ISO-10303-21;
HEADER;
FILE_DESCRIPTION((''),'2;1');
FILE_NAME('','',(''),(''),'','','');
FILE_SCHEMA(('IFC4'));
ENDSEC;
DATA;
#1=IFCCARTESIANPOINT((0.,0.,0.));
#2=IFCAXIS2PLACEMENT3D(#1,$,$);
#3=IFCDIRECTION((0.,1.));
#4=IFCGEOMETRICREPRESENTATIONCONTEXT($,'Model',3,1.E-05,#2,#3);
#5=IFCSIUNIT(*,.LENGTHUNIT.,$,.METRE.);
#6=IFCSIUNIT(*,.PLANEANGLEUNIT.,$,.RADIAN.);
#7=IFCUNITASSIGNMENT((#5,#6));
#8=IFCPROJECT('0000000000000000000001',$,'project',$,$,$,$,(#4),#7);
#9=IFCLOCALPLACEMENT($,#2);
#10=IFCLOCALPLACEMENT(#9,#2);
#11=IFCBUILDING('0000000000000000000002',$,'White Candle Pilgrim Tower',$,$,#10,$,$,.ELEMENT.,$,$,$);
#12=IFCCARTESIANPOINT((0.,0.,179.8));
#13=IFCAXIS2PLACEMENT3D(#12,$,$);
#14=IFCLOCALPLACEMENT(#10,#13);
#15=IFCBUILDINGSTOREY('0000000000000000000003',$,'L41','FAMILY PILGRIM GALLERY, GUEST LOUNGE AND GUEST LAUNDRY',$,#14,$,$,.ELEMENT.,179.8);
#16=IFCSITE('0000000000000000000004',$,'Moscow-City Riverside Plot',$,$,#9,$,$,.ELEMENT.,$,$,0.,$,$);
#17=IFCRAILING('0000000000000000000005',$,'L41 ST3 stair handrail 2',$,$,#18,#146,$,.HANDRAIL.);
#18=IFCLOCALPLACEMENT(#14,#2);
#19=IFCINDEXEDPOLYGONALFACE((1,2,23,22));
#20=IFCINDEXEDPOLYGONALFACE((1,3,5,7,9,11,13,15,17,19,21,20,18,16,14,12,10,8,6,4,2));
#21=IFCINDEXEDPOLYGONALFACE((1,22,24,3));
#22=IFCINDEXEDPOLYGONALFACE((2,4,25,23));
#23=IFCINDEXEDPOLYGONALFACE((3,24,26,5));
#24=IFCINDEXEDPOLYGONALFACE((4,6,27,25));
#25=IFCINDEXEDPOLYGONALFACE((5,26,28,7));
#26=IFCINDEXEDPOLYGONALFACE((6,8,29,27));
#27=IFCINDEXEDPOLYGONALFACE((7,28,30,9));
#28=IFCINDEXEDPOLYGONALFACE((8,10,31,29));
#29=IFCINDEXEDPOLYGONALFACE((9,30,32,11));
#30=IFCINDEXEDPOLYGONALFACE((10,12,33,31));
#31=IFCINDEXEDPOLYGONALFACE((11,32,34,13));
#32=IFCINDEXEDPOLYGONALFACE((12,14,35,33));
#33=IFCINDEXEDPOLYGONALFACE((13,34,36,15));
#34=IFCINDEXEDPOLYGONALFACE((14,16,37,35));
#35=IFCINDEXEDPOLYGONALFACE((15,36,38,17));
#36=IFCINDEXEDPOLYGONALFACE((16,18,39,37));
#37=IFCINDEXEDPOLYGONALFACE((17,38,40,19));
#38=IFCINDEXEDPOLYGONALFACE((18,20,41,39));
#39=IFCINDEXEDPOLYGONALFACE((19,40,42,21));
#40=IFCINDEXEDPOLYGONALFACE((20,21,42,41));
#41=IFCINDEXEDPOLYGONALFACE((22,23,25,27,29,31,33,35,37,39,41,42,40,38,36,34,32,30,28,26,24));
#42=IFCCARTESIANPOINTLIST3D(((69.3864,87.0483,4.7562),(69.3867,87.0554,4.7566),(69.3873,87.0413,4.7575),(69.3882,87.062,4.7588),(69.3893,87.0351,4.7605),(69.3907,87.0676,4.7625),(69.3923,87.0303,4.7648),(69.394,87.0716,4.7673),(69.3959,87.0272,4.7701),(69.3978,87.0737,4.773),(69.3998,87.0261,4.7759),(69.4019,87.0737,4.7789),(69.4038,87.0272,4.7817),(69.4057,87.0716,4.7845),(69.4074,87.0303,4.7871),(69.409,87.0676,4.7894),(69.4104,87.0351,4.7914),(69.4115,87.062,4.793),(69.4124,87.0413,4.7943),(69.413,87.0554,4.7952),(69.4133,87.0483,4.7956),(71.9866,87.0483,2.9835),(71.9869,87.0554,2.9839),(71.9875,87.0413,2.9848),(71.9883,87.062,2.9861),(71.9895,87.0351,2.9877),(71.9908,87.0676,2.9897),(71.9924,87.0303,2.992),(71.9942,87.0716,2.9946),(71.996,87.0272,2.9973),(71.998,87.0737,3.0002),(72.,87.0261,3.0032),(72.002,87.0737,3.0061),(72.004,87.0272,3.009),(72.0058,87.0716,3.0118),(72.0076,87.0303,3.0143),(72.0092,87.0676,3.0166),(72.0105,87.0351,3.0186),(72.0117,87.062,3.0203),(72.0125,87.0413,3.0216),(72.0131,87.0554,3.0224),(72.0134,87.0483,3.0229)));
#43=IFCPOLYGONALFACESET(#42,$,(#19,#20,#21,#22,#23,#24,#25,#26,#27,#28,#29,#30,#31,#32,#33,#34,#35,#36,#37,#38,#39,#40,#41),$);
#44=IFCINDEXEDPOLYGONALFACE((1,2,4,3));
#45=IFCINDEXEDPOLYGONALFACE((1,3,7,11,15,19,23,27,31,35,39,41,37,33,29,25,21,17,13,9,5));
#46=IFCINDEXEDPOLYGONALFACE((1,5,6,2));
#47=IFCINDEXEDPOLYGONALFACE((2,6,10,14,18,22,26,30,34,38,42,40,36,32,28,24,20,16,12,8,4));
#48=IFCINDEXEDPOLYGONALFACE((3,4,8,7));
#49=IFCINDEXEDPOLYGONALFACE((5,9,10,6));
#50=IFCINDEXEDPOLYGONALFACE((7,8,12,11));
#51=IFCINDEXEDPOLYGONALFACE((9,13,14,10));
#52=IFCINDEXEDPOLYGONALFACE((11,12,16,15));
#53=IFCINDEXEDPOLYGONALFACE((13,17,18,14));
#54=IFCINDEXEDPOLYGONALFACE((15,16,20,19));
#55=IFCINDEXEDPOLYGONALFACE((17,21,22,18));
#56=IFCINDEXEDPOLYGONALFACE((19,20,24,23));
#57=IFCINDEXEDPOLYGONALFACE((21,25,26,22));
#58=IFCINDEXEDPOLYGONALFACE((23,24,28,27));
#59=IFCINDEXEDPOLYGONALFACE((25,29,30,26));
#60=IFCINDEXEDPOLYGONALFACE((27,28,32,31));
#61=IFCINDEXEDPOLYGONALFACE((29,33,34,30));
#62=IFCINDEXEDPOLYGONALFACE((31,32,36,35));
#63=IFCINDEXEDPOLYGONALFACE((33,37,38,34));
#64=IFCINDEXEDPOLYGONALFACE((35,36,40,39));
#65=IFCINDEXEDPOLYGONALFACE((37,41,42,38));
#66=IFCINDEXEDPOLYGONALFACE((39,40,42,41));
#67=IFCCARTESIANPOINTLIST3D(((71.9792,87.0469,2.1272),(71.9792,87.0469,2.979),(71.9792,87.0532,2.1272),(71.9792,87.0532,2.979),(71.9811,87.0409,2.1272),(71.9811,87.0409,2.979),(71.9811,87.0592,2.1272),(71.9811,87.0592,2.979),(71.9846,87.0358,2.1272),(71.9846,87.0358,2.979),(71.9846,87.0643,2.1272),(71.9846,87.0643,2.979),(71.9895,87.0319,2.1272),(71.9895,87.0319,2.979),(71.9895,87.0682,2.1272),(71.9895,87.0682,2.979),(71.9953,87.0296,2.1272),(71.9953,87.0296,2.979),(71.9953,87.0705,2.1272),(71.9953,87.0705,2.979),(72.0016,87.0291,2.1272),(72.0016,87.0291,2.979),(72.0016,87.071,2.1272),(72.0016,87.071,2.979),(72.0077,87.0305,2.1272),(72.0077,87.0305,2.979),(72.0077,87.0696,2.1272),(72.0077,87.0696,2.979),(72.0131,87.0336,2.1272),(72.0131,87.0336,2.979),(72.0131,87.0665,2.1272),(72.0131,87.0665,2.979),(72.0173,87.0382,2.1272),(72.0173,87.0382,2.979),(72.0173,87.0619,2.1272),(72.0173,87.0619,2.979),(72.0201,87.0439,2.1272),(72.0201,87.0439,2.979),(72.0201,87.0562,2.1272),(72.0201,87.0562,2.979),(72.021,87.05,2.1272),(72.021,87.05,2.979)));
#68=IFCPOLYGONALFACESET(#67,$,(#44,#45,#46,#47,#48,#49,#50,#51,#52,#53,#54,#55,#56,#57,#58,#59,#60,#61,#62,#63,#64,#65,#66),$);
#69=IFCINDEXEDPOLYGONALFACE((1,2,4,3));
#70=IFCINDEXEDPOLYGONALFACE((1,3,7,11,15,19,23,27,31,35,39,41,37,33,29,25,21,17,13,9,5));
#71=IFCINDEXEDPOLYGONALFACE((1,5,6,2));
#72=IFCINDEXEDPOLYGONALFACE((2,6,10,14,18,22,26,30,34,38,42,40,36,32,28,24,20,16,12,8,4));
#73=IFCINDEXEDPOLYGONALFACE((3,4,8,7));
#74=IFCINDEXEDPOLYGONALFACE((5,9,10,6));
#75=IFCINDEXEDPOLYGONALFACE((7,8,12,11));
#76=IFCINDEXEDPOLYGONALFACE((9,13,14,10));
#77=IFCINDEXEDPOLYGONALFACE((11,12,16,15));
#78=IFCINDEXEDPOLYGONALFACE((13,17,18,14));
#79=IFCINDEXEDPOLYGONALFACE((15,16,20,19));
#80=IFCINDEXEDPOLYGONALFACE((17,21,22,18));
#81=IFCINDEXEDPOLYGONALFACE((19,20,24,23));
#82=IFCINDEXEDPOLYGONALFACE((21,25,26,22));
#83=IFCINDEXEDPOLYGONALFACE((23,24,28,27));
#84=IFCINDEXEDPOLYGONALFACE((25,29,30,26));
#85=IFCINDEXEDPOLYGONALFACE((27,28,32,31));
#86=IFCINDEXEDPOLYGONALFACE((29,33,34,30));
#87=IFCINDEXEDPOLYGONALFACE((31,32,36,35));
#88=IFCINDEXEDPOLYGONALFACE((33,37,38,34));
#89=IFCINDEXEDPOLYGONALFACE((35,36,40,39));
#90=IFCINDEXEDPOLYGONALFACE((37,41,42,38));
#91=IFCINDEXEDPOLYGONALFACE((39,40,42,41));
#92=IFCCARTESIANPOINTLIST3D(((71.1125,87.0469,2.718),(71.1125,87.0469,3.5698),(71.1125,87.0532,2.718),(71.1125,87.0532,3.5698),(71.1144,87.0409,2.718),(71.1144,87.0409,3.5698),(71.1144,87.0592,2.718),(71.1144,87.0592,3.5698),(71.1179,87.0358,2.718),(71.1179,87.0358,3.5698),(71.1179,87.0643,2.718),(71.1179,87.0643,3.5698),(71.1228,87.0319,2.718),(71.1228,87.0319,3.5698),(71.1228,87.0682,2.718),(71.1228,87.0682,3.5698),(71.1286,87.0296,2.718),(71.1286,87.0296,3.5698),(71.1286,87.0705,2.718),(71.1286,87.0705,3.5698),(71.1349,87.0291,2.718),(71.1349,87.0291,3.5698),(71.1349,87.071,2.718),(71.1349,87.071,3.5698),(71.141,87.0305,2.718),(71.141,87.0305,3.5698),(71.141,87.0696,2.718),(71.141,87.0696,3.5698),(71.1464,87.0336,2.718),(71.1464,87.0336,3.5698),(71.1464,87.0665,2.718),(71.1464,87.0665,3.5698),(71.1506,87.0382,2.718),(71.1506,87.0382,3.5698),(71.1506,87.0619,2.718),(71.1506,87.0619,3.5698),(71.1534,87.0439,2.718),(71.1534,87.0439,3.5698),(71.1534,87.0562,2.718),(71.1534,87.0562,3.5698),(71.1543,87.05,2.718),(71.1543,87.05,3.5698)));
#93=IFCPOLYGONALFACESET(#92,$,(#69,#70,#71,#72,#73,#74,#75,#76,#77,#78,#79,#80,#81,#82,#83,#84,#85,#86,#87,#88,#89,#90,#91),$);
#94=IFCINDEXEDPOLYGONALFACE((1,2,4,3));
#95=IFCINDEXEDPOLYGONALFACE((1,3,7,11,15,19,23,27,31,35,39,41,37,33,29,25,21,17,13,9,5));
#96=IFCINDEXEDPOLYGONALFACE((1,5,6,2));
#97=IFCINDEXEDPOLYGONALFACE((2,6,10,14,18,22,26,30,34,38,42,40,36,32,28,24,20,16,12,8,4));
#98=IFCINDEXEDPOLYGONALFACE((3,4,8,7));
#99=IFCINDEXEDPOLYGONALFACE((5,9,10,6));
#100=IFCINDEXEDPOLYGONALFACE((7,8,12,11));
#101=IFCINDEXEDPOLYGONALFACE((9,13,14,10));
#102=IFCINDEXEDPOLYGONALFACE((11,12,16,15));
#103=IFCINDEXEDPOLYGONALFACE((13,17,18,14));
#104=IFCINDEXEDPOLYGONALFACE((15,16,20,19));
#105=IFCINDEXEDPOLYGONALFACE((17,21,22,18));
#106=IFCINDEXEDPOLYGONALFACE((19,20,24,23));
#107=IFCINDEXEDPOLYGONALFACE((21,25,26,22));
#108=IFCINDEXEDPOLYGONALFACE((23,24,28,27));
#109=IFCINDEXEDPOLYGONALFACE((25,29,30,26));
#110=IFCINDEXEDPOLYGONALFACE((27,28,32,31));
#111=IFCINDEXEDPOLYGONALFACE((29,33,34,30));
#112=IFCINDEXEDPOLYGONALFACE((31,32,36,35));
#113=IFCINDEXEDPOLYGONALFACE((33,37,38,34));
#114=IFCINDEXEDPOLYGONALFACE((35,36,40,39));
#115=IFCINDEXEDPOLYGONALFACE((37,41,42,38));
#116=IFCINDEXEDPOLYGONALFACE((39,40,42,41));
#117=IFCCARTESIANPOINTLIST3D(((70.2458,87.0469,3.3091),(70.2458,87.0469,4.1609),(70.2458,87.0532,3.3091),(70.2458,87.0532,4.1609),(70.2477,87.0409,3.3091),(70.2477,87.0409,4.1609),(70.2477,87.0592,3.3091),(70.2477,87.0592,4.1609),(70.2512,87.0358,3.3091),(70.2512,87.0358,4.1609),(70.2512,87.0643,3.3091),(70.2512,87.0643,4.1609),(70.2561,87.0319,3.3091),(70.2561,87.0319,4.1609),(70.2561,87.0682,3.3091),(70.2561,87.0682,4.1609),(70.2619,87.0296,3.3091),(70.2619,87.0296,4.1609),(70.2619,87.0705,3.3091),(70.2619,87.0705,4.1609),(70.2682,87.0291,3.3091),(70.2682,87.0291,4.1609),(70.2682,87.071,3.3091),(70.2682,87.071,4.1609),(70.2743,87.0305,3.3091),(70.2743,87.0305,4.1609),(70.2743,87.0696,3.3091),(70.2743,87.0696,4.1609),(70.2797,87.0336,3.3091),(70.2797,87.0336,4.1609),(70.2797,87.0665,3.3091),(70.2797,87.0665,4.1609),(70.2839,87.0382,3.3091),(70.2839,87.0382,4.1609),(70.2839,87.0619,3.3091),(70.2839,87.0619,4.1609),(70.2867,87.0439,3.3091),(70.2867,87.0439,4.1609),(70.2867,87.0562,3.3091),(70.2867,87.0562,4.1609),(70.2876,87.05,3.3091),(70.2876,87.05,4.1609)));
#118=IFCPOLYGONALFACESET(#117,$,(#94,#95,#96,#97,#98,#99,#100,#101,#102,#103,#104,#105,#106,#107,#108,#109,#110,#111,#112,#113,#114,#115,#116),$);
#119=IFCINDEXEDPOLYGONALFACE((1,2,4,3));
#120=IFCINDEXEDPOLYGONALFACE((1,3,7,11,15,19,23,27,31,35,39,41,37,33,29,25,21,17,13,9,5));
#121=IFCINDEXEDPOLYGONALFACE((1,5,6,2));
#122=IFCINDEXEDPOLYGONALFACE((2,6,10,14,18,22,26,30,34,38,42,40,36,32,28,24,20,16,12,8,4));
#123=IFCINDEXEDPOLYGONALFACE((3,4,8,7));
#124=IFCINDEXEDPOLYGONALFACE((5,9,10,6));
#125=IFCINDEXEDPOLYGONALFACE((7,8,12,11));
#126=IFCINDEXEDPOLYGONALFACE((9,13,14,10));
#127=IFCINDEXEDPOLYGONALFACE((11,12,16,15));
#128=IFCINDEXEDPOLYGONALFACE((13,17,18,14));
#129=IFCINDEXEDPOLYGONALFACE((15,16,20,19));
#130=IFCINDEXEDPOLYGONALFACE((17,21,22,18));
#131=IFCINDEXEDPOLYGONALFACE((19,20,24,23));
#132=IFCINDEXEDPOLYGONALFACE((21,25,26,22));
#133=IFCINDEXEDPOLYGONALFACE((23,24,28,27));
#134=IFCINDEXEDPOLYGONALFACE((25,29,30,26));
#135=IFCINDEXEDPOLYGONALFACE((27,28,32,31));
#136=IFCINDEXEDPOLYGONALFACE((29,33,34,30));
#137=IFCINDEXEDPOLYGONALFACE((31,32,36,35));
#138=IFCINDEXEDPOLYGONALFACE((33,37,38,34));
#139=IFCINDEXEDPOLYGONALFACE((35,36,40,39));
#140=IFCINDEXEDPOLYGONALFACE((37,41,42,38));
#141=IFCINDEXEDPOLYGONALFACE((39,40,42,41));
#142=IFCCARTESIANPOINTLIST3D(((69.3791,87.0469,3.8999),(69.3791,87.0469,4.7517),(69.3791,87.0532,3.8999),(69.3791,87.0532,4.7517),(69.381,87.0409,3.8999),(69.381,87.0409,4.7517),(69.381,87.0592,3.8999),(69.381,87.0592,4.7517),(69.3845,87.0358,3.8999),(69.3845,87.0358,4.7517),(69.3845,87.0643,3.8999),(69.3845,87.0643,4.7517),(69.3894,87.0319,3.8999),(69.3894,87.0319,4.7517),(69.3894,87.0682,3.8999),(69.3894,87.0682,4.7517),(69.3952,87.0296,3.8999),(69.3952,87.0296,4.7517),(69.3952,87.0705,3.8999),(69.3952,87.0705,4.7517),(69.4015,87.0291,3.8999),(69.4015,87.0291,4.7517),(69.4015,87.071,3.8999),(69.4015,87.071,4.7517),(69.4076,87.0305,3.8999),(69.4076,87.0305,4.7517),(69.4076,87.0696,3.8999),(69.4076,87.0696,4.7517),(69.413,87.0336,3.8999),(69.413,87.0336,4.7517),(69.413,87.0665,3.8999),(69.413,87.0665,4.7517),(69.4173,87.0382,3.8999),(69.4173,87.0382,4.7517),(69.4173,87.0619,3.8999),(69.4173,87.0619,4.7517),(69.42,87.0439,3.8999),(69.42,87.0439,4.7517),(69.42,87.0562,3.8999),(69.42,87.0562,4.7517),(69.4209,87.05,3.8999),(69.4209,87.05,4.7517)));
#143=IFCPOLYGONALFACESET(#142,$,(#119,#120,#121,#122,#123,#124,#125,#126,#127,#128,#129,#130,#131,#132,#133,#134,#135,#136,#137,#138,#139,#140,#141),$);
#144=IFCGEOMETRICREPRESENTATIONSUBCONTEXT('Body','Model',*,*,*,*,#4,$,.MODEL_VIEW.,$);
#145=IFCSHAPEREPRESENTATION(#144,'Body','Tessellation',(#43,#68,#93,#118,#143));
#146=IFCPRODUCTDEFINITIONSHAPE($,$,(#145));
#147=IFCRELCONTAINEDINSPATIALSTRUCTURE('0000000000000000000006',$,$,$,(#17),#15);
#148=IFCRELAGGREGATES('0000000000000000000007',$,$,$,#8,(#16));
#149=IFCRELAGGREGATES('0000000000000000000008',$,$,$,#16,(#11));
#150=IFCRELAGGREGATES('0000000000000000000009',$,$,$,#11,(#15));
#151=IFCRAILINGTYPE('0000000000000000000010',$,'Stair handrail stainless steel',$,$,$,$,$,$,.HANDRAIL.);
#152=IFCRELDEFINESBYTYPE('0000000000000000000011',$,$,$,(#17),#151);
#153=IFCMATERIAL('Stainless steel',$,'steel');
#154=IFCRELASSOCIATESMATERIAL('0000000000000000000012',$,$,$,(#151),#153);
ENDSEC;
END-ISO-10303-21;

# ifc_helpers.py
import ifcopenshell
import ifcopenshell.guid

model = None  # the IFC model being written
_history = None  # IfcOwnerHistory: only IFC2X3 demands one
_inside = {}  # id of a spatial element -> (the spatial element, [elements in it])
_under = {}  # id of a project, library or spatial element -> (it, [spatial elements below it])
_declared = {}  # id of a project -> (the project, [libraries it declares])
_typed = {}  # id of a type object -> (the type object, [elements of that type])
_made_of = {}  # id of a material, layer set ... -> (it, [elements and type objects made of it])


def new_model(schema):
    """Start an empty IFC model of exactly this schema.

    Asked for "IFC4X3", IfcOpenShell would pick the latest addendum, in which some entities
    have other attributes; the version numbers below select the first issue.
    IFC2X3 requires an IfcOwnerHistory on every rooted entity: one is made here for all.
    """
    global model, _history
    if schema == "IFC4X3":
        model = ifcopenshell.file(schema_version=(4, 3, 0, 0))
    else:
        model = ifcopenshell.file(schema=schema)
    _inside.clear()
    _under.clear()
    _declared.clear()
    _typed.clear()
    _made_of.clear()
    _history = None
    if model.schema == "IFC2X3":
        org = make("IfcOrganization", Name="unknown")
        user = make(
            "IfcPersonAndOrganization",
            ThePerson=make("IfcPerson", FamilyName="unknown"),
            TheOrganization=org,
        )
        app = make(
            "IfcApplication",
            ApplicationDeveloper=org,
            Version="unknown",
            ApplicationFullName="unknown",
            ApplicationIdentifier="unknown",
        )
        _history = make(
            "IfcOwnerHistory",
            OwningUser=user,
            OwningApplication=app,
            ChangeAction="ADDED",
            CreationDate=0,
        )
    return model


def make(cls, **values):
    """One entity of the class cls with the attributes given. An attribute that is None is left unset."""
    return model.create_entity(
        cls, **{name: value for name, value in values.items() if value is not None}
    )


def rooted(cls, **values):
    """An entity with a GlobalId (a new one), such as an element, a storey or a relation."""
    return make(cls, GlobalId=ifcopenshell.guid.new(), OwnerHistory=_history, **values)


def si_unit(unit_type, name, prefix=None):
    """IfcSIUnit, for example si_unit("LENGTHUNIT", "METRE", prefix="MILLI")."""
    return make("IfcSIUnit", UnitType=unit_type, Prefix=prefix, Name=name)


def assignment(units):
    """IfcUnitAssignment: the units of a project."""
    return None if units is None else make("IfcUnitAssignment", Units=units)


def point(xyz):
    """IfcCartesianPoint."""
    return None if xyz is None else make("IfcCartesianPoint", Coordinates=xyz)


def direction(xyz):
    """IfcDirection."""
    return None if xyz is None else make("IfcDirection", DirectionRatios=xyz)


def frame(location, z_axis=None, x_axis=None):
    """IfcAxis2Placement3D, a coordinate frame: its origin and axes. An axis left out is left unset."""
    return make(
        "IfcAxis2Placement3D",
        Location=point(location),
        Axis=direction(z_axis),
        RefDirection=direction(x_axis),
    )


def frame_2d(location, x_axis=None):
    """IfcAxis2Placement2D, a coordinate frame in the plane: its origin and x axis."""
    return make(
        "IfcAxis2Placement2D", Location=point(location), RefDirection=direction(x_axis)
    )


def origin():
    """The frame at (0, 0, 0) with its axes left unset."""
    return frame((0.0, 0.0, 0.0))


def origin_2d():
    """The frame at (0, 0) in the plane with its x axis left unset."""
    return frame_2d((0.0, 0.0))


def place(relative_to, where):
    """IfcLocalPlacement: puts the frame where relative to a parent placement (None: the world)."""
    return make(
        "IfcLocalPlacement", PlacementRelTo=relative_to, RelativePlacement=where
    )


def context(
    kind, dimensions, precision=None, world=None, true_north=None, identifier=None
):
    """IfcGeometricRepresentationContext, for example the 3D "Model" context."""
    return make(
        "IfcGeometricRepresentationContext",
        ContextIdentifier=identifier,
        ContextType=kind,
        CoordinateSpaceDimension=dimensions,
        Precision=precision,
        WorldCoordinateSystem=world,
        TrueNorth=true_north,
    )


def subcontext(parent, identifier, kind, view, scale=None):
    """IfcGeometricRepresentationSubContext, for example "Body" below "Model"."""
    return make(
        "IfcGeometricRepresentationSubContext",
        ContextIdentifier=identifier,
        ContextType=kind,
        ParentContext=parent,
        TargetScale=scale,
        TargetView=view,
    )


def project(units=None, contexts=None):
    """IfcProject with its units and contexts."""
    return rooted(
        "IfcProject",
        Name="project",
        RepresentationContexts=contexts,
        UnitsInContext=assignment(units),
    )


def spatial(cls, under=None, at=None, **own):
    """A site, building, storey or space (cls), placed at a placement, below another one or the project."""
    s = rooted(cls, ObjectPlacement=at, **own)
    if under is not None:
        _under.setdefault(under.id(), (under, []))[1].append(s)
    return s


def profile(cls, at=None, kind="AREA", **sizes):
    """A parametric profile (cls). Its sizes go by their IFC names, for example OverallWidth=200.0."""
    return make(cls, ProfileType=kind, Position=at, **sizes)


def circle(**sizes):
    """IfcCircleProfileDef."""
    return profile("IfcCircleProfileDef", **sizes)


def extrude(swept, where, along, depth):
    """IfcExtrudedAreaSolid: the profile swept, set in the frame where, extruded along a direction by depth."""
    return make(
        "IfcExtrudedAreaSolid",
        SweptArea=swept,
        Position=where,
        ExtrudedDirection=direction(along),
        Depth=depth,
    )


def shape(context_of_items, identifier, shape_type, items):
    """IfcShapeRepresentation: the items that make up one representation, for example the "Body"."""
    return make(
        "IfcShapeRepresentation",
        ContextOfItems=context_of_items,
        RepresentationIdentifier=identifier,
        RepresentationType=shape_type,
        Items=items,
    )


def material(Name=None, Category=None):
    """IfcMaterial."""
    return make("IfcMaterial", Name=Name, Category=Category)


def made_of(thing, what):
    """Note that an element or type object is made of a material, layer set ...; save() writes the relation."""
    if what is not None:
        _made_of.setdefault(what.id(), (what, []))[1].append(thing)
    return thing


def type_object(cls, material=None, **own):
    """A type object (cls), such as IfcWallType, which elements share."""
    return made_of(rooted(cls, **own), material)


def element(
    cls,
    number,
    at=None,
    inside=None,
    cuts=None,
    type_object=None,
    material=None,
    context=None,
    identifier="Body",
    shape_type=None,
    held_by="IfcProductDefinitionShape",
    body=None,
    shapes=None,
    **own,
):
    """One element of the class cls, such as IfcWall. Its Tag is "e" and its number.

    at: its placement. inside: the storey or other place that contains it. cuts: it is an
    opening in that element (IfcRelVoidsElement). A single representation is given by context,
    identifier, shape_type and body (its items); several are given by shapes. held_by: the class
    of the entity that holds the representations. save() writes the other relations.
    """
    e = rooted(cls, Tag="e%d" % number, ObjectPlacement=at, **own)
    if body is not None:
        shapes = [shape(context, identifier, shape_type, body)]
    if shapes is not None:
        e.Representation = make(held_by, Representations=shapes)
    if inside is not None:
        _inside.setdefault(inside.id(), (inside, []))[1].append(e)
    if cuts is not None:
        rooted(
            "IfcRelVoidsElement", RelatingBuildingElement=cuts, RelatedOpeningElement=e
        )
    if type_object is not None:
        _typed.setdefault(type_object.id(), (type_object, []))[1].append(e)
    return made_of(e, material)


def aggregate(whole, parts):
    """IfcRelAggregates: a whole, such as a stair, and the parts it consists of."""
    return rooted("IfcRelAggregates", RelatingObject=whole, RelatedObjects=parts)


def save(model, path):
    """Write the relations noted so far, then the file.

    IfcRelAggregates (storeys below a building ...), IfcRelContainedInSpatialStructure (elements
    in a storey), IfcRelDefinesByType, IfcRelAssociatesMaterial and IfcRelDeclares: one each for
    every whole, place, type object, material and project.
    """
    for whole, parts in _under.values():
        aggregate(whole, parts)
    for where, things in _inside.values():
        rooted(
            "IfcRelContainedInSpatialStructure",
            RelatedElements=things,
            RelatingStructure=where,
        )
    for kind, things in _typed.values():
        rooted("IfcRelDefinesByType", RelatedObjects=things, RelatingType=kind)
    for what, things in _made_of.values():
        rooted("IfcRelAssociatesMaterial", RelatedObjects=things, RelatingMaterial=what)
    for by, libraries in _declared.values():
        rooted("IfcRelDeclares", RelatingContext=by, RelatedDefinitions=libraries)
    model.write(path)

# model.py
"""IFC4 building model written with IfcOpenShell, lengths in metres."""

from ifc_helpers import new_model, si_unit, direction, frame, origin, origin_2d, place, context, subcontext, project, spatial, circle, extrude, material, type_object, element, save


model = new_model("IFC4")

# Units and contexts
model_context = context("Model", 3, precision=1e-05, world=origin(), true_north=direction((0.0, 1.0)))
body_context = subcontext(model_context, "Body", "Model", "MODEL_VIEW")
ifc_project = project(units=[si_unit("LENGTHUNIT", "METRE"), si_unit("PLANEANGLEUNIT", "RADIAN")], contexts=[model_context])

# Site, building, storey
site_placement = place(None, origin())
site = spatial("IfcSite", under=ifc_project, at=site_placement, Name="Moscow-City Riverside Plot", CompositionType="ELEMENT", RefElevation=0.0)
building_placement = place(site_placement, origin())
building = spatial("IfcBuilding", under=site, at=building_placement, Name="White Candle Pilgrim Tower", CompositionType="ELEMENT")
storey_placement = place(building_placement, frame((0.0, 0.0, 179.8)))
storey = spatial("IfcBuildingStorey", under=building, at=storey_placement, Name="L41", Description="FAMILY PILGRIM GALLERY, GUEST LOUNGE AND GUEST LAUNDRY", CompositionType="ELEMENT", Elevation=179.8)

# Railing
ifc_material_1 = material(Name="Stainless steel", Category="steel")
railing_type_1 = type_object("IfcRailingType", Name="Stair handrail stainless steel", PredefinedType="HANDRAIL", material=ifc_material_1)
railing_1_placement = place(storey_placement, frame((72.0, 87.05, 2.1272)))
element("IfcRailing", 1, at=railing_1_placement, inside=storey, type_object=railing_type_1, Name="L41 ST3 stair handrail 2", PredefinedType="HANDRAIL", context=body_context, shape_type="SweptSolid", body=[
    extrude(circle(Radius=0.0239, at=origin_2d()), frame((0.0, 0.0, 0.876), z_axis=(-0.82624, 0.0, 0.563318), x_axis=(0.0, -1.0, 0.0)), (0.0, 0.0, 1.0), 3.147),
    extrude(circle(Radius=0.021, at=origin_2d()), origin(), (0.0, 0.0, 1.0), 0.8518),
    extrude(circle(Radius=0.021, at=origin_2d()), frame((-0.8667, 0.0, 0.5908)), (0.0, 0.0, 1.0), 0.8518),
    extrude(circle(Radius=0.021, at=origin_2d()), frame((-1.7334, 0.0, 1.1819)), (0.0, 0.0, 1.0), 0.8518),
    extrude(circle(Radius=0.021, at=origin_2d()), frame((-2.6001, 0.0, 1.7727)), (0.0, 0.0, 1.0), 0.8518),
])

save(model, "model.ifc")
